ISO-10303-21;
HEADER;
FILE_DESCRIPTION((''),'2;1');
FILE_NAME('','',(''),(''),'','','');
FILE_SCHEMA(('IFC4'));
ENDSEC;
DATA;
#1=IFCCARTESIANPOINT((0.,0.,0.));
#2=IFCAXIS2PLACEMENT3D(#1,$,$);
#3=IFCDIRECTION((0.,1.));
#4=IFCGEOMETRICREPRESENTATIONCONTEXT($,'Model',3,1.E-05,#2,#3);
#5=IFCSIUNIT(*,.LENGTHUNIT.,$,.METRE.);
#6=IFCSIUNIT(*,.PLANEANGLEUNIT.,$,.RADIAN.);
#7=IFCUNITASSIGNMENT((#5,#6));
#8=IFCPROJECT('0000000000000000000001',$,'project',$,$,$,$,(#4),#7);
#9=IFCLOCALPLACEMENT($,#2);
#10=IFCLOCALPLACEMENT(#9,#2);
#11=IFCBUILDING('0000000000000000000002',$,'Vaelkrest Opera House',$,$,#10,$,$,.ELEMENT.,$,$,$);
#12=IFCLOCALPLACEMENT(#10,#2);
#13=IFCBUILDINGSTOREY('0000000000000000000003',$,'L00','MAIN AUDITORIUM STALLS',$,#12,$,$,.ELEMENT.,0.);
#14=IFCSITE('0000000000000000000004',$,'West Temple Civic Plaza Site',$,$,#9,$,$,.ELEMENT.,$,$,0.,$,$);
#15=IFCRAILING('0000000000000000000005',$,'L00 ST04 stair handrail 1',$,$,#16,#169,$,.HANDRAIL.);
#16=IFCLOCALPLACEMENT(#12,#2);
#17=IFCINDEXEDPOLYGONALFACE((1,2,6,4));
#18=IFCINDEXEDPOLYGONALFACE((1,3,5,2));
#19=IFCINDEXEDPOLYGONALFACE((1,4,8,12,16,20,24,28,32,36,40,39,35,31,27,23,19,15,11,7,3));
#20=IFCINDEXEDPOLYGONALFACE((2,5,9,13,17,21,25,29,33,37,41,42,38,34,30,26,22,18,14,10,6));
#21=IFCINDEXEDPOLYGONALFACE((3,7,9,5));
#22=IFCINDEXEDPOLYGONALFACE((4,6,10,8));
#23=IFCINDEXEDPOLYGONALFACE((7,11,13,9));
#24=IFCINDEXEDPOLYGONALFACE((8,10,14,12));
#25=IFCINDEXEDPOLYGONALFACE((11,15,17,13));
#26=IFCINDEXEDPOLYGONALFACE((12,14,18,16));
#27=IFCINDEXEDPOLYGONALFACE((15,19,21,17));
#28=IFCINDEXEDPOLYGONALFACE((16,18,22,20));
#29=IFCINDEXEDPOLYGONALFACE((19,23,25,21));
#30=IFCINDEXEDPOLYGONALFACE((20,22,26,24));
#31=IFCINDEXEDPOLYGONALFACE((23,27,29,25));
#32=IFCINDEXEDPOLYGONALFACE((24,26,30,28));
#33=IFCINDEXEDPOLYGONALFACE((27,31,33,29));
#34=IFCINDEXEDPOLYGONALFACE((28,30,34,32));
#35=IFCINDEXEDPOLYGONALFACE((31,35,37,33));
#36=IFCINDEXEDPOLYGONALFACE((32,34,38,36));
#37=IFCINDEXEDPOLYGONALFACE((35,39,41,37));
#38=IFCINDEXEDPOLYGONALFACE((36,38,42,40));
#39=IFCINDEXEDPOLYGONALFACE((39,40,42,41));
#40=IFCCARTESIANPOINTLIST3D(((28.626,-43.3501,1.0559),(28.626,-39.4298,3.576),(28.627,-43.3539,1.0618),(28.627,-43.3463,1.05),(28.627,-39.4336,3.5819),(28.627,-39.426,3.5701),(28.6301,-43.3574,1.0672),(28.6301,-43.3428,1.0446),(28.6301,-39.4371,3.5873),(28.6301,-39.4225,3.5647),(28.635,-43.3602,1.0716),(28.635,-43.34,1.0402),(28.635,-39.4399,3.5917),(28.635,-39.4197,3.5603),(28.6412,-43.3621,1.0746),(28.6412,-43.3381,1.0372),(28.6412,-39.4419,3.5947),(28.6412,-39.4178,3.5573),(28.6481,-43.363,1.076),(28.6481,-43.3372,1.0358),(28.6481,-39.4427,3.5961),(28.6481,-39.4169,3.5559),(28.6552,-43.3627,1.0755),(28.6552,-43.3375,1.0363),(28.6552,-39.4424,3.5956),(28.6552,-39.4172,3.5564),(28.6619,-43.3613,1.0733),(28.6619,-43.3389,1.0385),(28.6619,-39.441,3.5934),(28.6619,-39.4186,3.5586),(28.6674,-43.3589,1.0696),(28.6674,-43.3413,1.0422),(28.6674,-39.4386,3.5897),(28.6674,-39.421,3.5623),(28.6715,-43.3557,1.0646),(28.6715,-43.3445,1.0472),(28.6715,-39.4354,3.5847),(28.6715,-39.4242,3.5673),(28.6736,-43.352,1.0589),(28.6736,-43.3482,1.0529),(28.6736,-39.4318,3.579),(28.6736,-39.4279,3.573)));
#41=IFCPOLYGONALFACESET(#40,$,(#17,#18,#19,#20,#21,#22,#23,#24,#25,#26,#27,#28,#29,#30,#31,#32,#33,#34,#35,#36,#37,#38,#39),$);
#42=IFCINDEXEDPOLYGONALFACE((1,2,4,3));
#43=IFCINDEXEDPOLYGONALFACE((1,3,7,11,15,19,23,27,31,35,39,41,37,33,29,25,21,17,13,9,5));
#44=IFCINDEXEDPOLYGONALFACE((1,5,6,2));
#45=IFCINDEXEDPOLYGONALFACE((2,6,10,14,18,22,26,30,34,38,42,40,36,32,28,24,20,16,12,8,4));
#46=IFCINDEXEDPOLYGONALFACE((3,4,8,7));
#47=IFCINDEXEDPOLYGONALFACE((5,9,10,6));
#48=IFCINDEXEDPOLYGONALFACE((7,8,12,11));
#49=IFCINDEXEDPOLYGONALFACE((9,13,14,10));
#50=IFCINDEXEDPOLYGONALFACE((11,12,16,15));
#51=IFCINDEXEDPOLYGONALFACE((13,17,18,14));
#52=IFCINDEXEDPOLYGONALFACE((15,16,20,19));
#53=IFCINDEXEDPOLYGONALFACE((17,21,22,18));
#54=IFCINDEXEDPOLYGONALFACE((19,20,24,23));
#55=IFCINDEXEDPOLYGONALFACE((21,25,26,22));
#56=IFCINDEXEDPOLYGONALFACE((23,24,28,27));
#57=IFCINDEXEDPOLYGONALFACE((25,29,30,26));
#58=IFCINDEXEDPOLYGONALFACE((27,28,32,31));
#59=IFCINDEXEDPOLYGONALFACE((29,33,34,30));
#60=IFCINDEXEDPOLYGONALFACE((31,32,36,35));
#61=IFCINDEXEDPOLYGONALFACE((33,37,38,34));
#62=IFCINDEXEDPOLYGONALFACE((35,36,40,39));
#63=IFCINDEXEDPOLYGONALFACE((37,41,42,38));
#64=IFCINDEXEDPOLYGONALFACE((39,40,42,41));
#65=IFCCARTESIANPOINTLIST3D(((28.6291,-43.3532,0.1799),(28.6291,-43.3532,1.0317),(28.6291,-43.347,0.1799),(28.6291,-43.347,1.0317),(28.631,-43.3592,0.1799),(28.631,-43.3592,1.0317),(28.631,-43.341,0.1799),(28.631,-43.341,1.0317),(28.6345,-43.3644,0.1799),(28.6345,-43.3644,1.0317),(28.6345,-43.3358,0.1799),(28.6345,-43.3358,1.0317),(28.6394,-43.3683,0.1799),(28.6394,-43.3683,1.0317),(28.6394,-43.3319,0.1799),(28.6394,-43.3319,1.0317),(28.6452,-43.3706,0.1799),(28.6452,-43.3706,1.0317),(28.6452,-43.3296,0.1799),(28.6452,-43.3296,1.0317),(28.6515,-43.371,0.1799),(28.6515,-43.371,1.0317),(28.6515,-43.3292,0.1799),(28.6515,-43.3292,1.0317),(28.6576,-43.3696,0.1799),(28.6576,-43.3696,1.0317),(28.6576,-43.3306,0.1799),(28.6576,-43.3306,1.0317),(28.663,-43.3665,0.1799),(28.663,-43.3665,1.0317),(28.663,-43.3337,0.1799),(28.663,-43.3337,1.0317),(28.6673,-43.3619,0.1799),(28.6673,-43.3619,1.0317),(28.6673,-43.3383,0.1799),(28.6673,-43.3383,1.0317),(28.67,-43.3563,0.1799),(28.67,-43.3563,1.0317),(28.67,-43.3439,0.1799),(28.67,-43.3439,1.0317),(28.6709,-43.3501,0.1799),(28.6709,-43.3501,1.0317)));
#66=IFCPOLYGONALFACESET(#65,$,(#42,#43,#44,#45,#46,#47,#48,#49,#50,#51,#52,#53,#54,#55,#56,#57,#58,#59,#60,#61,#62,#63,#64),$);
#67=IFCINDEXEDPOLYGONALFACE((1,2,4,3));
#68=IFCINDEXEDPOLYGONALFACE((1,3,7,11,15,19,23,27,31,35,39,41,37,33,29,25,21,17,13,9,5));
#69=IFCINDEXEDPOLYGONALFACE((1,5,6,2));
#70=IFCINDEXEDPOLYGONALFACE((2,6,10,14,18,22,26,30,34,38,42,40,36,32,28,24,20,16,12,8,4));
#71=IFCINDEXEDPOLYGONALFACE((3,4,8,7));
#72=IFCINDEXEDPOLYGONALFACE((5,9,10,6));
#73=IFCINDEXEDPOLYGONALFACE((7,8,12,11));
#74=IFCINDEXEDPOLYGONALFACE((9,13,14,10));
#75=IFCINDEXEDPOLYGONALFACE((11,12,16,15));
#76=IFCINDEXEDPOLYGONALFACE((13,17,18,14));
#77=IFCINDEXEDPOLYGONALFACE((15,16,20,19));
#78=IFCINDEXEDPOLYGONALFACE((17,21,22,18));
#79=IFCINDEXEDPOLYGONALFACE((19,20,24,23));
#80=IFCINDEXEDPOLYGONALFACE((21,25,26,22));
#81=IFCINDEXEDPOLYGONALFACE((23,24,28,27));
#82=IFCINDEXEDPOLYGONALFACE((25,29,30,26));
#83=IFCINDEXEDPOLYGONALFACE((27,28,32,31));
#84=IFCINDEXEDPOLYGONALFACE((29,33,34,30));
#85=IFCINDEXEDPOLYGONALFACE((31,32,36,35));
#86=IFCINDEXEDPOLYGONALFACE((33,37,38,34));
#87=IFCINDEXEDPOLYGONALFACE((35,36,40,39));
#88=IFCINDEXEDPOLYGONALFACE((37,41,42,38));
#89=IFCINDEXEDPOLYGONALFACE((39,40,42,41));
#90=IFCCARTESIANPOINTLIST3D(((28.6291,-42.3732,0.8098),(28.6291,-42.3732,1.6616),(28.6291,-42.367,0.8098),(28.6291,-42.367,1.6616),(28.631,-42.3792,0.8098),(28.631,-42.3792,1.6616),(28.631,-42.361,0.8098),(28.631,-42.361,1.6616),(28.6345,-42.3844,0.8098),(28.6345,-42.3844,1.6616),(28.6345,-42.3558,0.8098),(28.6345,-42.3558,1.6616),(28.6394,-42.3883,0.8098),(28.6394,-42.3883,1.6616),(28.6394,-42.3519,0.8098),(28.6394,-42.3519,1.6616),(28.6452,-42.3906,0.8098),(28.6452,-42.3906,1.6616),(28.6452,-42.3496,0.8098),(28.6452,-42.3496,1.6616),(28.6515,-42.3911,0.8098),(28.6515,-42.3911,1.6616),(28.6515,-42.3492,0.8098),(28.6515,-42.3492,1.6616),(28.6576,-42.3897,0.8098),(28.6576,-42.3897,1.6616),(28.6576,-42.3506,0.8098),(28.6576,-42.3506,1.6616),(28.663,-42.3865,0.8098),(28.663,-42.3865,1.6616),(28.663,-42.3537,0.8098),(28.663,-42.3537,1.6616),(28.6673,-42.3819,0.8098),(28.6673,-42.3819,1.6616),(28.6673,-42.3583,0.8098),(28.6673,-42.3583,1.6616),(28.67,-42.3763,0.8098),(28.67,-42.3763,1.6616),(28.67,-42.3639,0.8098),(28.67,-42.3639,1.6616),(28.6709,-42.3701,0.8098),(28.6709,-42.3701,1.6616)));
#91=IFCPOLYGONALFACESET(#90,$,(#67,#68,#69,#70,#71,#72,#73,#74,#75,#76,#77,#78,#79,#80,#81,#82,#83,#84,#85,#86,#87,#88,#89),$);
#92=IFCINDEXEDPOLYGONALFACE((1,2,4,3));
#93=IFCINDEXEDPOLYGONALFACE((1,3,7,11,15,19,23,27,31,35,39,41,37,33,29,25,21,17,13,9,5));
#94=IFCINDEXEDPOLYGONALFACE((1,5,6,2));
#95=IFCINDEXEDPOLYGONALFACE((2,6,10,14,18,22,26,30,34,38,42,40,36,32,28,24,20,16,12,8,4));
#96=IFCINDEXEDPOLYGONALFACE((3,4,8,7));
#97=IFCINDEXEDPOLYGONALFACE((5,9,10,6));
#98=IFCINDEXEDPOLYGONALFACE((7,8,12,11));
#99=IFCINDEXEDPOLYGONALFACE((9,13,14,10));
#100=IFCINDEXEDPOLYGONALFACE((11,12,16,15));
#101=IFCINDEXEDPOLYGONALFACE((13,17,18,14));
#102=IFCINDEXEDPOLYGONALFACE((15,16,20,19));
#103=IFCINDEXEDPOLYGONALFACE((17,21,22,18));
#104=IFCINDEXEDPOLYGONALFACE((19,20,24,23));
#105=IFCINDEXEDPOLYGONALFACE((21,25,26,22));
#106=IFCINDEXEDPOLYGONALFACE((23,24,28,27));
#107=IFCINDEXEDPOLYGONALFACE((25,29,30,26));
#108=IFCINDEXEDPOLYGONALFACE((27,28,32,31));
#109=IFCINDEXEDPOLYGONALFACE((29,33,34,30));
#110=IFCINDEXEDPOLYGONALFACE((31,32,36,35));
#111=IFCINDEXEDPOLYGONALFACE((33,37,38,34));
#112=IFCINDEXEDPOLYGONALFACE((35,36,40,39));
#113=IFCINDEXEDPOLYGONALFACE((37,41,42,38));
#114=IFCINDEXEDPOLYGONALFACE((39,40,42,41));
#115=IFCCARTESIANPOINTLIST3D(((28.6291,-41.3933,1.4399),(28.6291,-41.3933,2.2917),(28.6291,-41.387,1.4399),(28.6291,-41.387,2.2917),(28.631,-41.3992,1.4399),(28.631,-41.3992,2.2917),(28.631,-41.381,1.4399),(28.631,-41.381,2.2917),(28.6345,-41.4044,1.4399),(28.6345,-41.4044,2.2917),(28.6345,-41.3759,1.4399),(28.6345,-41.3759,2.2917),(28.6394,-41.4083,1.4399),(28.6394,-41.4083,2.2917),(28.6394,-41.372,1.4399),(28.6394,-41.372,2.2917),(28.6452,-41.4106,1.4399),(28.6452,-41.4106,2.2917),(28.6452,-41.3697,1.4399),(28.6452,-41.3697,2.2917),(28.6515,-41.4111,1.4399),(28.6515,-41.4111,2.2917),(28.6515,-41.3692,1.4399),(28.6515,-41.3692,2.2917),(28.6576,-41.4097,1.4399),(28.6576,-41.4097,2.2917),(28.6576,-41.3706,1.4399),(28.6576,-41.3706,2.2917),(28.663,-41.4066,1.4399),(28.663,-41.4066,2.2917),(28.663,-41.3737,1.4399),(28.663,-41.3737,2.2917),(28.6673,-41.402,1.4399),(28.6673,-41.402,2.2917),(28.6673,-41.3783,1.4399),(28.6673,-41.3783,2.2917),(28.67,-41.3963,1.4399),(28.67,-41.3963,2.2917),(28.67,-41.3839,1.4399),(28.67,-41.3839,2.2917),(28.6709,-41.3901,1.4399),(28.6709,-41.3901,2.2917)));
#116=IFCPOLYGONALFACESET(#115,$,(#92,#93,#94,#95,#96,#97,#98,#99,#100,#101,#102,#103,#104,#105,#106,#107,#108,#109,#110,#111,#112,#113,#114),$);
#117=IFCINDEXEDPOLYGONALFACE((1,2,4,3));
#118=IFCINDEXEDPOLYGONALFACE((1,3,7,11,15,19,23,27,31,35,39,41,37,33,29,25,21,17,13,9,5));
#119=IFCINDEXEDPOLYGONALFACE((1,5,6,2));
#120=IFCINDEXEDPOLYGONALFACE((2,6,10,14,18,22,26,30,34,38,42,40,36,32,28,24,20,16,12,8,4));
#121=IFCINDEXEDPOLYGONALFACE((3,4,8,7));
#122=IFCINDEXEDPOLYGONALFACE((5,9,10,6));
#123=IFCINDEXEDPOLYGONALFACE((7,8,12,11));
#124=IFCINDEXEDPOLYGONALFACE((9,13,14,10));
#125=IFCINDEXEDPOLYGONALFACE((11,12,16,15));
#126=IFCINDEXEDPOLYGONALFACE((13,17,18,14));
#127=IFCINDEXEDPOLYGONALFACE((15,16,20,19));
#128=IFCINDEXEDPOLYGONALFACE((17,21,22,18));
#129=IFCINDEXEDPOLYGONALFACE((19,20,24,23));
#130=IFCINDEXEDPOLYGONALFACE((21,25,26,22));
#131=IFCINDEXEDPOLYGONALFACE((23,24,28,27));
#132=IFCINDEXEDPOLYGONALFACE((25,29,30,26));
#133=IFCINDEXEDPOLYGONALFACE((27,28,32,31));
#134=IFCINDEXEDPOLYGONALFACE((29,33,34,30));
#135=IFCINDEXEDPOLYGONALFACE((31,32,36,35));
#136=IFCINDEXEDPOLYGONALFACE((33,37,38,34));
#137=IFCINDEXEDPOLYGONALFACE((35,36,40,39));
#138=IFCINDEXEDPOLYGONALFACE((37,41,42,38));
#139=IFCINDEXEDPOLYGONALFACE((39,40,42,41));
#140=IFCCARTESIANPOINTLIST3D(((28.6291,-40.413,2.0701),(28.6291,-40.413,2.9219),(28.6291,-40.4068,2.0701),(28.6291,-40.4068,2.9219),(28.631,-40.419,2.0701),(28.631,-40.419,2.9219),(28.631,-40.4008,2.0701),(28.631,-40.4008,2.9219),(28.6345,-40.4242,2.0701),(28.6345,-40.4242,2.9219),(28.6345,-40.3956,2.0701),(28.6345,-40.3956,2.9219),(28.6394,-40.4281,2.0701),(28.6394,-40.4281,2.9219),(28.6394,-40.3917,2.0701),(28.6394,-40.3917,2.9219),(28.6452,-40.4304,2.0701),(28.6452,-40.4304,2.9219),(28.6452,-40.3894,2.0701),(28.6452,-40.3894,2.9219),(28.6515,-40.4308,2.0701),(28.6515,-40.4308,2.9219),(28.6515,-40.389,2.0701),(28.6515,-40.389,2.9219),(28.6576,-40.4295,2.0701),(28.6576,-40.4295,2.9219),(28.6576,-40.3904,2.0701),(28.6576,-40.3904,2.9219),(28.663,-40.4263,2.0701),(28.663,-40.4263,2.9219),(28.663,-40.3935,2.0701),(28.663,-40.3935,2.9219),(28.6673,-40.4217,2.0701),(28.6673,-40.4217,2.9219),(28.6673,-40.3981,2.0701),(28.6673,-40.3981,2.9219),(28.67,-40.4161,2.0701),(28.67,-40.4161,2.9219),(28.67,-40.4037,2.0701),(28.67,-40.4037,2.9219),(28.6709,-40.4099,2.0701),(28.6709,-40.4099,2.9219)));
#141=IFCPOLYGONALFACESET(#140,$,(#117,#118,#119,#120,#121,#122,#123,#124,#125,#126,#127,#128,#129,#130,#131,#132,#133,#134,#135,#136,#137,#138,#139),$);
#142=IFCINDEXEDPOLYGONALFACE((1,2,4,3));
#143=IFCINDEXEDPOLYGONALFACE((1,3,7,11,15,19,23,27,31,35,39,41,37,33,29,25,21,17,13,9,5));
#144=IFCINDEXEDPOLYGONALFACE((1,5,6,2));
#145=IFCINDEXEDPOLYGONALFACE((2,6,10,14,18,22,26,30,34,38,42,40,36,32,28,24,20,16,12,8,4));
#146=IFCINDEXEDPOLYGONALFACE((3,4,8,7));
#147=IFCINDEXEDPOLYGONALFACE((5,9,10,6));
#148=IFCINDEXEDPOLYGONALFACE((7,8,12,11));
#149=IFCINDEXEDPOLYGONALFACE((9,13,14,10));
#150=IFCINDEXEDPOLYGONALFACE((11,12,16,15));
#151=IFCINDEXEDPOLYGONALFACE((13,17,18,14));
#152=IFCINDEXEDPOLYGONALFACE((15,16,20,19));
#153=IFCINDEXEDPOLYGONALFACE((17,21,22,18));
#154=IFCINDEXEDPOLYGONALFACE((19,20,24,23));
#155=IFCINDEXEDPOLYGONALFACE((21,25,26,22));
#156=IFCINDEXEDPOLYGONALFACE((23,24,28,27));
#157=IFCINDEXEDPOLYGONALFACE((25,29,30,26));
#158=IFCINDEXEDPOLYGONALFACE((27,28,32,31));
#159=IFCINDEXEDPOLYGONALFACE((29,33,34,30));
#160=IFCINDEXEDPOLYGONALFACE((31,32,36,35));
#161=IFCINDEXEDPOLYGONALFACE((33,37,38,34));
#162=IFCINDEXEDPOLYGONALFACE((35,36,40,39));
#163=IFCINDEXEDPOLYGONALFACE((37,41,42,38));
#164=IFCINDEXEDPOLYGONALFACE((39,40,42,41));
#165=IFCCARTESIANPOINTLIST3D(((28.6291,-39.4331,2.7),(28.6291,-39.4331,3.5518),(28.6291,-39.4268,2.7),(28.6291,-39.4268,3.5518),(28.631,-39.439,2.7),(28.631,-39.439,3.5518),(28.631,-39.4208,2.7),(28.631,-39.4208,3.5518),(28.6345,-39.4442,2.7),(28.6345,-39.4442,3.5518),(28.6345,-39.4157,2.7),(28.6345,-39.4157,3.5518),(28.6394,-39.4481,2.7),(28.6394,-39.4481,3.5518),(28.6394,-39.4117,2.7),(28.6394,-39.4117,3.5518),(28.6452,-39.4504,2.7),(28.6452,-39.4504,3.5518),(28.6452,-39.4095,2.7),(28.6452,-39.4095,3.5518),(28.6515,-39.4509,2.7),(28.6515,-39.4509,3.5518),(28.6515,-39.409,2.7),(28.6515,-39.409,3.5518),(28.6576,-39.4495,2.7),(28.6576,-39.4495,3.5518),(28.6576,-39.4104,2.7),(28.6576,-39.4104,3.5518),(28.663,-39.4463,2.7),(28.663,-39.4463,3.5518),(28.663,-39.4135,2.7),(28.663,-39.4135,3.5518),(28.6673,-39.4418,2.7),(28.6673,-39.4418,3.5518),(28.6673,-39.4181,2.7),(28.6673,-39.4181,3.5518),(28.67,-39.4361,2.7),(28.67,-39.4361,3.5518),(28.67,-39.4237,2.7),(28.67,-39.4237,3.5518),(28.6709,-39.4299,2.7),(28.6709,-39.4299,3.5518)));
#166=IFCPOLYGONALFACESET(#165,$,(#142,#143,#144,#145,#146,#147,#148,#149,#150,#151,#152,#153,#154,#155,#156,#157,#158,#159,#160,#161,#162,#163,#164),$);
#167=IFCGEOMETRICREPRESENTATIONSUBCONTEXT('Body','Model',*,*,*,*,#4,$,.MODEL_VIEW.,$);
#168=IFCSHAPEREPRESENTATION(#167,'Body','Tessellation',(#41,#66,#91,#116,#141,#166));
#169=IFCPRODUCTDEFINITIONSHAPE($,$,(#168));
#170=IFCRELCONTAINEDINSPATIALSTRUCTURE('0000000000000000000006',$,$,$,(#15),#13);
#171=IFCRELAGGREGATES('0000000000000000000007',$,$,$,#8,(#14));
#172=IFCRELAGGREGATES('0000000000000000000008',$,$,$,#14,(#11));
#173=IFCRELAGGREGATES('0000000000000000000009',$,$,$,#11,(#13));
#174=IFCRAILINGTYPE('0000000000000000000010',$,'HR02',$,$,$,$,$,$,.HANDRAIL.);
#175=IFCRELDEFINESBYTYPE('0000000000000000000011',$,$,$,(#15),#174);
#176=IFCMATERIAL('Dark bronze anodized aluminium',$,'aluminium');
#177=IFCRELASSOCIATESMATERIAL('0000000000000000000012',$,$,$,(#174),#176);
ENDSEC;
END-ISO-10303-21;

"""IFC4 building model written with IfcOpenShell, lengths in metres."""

from ifc_helpers import new_model, si_unit, direction, frame, origin, origin_2d, place, context, subcontext, project, spatial, circle, extrude, material, type_object, element, save


model = new_model("IFC4")

# Units and contexts
model_context = context("Model", 3, precision=1e-05, world=origin(), true_north=direction((0.0, 1.0)))
body_context = subcontext(model_context, "Body", "Model", "MODEL_VIEW")
ifc_project = project(units=[si_unit("LENGTHUNIT", "METRE"), si_unit("PLANEANGLEUNIT", "RADIAN")], contexts=[model_context])

# Site, building, storey
site_placement = place(None, origin())
site = spatial("IfcSite", under=ifc_project, at=site_placement, Name="West Temple Civic Plaza Site", CompositionType="ELEMENT", RefElevation=0.0)
building_placement = place(site_placement, origin())
building = spatial("IfcBuilding", under=site, at=building_placement, Name="Vaelkrest Opera House", CompositionType="ELEMENT")
storey_placement = place(building_placement, origin())
storey = spatial("IfcBuildingStorey", under=building, at=storey_placement, Name="L00", Description="MAIN AUDITORIUM STALLS", CompositionType="ELEMENT", Elevation=0.0)

# Shared definitions
ifc_material_1 = material(Name="Dark bronze anodized aluminium", Category="aluminium")

# Railing
railing_type = type_object("IfcRailingType", Name="HR02", PredefinedType="HANDRAIL", material=ifc_material_1)
railing_placement = place(storey_placement, frame((28.6499, -43.3501, 0.1799)))
element("IfcRailing", 1, at=railing_placement, inside=storey, type_object=railing_type, Name="L00 ST04 stair handrail 1", PredefinedType="HANDRAIL", context=body_context, shape_type="SweptSolid", body=[
    extrude(circle(Radius=0.0239, at=origin_2d()), frame((0.0, 0.0, 0.876), z_axis=(0.0, 0.841187, 0.540744), x_axis=(-1.0, 0.0, 0.0)), (0.0, 0.0, 1.0), 4.6604),
    extrude(circle(Radius=0.021, at=origin_2d()), origin(), (0.0, 0.0, 1.0), 0.8518),
    extrude(circle(Radius=0.021, at=origin_2d()), frame((0.0, 0.98, 0.6299)), (0.0, 0.0, 1.0), 0.8518),
    extrude(circle(Radius=0.021, at=origin_2d()), frame((0.0, 1.96, 1.26)), (0.0, 0.0, 1.0), 0.8518),
    extrude(circle(Radius=0.021, at=origin_2d()), frame((0.0, 2.9402, 1.8901)), (0.0, 0.0, 1.0), 0.8518),
    extrude(circle(Radius=0.021, at=origin_2d()), frame((0.0, 3.9202, 2.52)), (0.0, 0.0, 1.0), 0.8518),
])

save(model, "model.ifc")
